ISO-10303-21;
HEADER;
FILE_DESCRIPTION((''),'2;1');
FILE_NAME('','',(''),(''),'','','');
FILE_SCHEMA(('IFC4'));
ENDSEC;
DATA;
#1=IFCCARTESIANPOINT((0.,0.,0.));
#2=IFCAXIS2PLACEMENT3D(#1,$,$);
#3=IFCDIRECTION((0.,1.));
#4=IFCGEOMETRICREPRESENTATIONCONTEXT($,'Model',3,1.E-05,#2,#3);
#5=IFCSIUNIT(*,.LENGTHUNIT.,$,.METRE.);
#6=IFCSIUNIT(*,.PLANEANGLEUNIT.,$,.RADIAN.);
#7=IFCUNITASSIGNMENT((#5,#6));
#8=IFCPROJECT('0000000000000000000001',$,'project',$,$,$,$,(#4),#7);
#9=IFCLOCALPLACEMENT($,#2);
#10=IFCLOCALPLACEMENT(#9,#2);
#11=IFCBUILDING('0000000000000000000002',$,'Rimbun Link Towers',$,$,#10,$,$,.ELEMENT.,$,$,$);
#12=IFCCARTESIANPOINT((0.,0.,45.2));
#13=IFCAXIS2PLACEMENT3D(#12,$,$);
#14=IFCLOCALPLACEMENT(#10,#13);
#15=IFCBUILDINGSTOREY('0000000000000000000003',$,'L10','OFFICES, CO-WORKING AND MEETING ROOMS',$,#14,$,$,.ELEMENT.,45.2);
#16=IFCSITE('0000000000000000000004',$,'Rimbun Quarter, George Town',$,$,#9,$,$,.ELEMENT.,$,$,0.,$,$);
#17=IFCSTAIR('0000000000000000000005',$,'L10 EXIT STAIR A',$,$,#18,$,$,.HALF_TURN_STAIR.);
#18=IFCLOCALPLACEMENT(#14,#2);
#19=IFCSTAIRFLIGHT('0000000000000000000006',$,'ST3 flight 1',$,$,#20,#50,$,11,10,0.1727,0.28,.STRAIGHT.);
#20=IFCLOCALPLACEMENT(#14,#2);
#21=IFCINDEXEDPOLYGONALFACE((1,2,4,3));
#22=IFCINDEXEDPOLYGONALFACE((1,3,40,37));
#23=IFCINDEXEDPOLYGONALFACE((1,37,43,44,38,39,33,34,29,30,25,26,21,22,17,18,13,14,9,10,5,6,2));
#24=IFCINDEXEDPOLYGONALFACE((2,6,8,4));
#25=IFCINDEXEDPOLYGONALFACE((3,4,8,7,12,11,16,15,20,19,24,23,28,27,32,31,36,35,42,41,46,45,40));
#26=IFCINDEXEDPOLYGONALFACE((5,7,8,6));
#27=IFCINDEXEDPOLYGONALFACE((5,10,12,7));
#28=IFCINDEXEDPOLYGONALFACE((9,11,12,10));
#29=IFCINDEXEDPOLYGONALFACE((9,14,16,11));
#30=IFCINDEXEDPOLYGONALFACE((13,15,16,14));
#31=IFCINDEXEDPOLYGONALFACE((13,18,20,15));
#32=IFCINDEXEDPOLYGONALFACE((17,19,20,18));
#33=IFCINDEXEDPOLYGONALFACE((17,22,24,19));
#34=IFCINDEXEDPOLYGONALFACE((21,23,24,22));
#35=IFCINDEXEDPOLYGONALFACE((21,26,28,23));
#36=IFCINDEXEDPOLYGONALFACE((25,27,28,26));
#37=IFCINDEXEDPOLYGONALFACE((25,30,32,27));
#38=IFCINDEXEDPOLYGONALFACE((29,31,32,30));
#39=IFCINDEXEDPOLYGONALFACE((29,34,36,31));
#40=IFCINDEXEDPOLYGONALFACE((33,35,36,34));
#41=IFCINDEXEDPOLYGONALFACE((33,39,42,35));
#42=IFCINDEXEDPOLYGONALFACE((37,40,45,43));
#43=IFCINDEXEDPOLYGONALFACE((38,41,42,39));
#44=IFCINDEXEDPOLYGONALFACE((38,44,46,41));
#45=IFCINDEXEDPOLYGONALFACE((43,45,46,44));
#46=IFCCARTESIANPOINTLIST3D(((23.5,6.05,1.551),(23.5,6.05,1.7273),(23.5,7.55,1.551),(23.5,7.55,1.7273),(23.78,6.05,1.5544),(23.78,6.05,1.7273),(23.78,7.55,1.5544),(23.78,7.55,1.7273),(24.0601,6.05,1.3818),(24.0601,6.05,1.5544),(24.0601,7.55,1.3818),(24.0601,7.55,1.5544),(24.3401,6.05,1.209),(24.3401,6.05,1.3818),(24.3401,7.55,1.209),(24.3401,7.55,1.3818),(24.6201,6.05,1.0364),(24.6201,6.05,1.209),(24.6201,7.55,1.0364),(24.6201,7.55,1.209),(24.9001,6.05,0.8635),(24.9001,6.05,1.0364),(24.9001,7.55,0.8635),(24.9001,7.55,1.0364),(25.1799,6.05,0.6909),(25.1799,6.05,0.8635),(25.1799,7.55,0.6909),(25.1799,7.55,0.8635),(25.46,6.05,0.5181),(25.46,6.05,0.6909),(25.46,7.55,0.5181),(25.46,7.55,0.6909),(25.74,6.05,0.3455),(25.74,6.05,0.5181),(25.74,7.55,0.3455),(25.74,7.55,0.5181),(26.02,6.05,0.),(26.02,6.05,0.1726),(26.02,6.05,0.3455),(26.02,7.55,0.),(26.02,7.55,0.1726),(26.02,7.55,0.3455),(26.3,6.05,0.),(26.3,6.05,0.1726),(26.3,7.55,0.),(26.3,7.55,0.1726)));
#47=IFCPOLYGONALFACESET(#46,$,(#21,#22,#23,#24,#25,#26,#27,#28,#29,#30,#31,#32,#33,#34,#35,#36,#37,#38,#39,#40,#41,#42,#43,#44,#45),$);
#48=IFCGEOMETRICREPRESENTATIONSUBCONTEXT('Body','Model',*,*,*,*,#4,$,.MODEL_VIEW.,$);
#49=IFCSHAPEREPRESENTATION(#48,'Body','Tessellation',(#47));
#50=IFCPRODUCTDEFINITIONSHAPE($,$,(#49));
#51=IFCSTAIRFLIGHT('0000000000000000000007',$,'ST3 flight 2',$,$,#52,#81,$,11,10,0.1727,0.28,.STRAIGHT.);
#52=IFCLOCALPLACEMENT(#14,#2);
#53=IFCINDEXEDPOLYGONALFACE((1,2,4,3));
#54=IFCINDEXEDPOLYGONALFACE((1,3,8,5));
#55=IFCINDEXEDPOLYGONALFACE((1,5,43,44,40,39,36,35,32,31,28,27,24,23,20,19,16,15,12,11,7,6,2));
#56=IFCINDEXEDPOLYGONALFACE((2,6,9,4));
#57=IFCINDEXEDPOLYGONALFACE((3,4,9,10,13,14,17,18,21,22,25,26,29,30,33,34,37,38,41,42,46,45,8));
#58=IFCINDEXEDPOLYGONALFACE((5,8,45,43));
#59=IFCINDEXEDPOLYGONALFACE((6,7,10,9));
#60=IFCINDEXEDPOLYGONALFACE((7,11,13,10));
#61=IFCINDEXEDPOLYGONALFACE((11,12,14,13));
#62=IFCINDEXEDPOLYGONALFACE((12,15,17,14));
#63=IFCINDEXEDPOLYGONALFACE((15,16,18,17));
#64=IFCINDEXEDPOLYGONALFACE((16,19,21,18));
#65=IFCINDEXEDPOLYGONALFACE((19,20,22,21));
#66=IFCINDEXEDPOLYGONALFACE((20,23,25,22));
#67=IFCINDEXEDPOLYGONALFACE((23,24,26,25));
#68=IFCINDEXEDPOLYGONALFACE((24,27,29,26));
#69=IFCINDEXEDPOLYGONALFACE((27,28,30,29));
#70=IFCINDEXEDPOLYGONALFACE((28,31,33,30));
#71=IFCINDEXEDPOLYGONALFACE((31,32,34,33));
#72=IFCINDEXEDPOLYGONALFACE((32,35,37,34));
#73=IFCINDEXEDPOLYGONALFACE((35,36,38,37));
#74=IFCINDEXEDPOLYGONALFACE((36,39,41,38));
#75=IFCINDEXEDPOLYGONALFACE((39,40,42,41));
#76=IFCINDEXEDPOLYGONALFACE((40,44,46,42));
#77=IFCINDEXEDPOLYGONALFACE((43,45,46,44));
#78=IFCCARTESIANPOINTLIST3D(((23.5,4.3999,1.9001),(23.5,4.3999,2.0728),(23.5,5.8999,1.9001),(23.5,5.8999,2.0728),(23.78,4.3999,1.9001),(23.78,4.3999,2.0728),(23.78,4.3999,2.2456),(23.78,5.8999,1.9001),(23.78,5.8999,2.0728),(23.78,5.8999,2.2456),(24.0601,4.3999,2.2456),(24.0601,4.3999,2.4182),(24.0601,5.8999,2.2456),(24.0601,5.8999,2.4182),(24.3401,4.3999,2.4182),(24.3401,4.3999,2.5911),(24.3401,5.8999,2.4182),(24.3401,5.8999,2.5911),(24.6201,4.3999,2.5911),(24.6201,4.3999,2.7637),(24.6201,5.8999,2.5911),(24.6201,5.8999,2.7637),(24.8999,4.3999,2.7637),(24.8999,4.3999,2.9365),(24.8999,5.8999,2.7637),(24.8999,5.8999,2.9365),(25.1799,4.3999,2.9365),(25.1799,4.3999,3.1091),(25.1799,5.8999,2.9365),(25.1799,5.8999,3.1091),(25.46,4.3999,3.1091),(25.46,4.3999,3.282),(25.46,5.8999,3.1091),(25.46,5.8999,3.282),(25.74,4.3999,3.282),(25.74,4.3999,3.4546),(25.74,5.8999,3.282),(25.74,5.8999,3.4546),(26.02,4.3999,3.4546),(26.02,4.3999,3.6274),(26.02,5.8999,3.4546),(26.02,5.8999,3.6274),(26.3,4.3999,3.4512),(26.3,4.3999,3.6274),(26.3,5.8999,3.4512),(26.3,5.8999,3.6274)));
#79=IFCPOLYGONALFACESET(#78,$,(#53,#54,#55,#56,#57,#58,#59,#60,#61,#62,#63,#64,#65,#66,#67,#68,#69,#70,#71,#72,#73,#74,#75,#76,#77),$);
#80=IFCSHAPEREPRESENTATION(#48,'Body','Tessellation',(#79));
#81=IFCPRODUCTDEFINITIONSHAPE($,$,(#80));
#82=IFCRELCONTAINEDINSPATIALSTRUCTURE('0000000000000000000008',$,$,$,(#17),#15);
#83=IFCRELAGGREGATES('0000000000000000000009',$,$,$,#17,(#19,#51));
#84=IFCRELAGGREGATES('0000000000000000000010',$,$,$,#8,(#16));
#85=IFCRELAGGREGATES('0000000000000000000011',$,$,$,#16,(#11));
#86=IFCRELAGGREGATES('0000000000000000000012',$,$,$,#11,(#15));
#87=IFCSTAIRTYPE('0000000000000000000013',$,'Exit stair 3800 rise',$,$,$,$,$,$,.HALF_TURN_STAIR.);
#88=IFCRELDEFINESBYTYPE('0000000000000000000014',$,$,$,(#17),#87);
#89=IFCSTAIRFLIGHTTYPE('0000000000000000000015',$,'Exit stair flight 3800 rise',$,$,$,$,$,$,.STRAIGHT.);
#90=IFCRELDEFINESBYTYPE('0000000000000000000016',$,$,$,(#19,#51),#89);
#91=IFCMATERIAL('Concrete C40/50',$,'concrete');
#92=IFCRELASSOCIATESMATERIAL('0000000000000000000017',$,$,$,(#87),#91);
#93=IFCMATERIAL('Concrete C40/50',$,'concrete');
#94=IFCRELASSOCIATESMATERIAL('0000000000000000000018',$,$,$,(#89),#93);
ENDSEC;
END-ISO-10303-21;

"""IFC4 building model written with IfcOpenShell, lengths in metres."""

from ifc_helpers import new_model, si_unit, direction, frame, origin, place, context, subcontext, project, spatial, polyline, outline, extrude, material, type_object, element, aggregate, save


model = new_model("IFC4")

# Units and contexts
model_context = context("Model", 3, precision=1e-05, world=origin(), true_north=direction((0.0, 1.0)))
body_context = subcontext(model_context, "Body", "Model", "MODEL_VIEW")
ifc_project = project(units=[si_unit("LENGTHUNIT", "METRE"), si_unit("PLANEANGLEUNIT", "RADIAN")], contexts=[model_context])

# Site, building, storey
site_placement = place(None, origin())
site = spatial("IfcSite", under=ifc_project, at=site_placement, Name="Rimbun Quarter, George Town", CompositionType="ELEMENT", RefElevation=0.0)
building_placement = place(site_placement, origin())
building = spatial("IfcBuilding", under=site, at=building_placement, Name="Rimbun Link Towers", CompositionType="ELEMENT")
storey_placement = place(building_placement, frame((0.0, 0.0, 45.2)))
storey = spatial("IfcBuildingStorey", under=building, at=storey_placement, Name="L10", Description="OFFICES, CO-WORKING AND MEETING ROOMS", CompositionType="ELEMENT", Elevation=45.2)

# Stair, stair flights
ifc_material_1 = material(Name="Concrete C40/50", Category="concrete")
stair_type = type_object("IfcStairType", Name="Exit stair 3800 rise", PredefinedType="HALF_TURN_STAIR", material=ifc_material_1)
stair_placement = place(storey_placement, origin())
stair = element("IfcStair", 1, at=stair_placement, inside=storey, type_object=stair_type, Name="L10 EXIT STAIR A", PredefinedType="HALF_TURN_STAIR")
ifc_material_2 = material(Name="Concrete C40/50", Category="concrete")
stair_flight_type = type_object("IfcStairFlightType", Name="Exit stair flight 3800 rise", PredefinedType="STRAIGHT", material=ifc_material_2)
stair_flight_1_placement = place(storey_placement, frame((26.3, 6.8, 0.0), z_axis=(0.0, 0.0, 1.0), x_axis=(-1.0, 0.0, 0.0)))
stair_flight_1 = element("IfcStairFlight", 2, at=stair_flight_1_placement, type_object=stair_flight_type, Name="ST3 flight 1", NumberOfRisers=11, NumberOfTreads=10, PredefinedType="STRAIGHT", RiserHeight=0.1727, TreadLength=0.28, context=body_context, shape_type="SweptSolid", body=[
    extrude(outline(polyline([(0.0, 0.0), (0.0, 0.1726), (0.28, 0.1726), (0.28, 0.3455), (0.5601, 0.3455), (0.5601, 0.5181), (0.8401, 0.5181), (0.8401, 0.6909), (1.1201, 0.6909), (1.1201, 0.8635), (1.3999, 0.8635), (1.3999, 1.0364), (1.6799, 1.0364), (1.6799, 1.209), (1.96, 1.209), (1.96, 1.3818), (2.24, 1.3818), (2.24, 1.5544), (2.52, 1.5544), (2.52, 1.7273), (2.8, 1.7273), (2.8, 1.8999), (2.8, 1.551), (0.28, 0.0), (0.0, 0.0)])), frame((0.0, 0.75, 0.0), z_axis=(0.0, -1.0, 0.0), x_axis=(1.0, 0.0, 0.0)), (0.0, 0.0, 1.0), 1.5),
])
stair_flight_2_placement = place(storey_placement, frame((23.5, 5.1499, 1.9001), z_axis=(0.0, 0.0, 1.0), x_axis=(1.0, 0.0, 0.0)))
stair_flight_2 = element("IfcStairFlight", 3, at=stair_flight_2_placement, type_object=stair_flight_type, Name="ST3 flight 2", NumberOfRisers=11, NumberOfTreads=10, PredefinedType="STRAIGHT", RiserHeight=0.1727, TreadLength=0.28, context=body_context, shape_type="SweptSolid", body=[
    extrude(outline(polyline([(0.0, 0.0), (0.0, 0.1726), (0.28, 0.1726), (0.28, 0.3455), (0.5601, 0.3455), (0.5601, 0.5181), (0.8401, 0.5181), (0.8401, 0.6909), (1.1201, 0.6909), (1.1201, 0.8635), (1.3999, 0.8635), (1.3999, 1.0364), (1.6799, 1.0364), (1.6799, 1.209), (1.96, 1.209), (1.96, 1.3818), (2.24, 1.3818), (2.24, 1.5544), (2.52, 1.5544), (2.52, 1.7273), (2.8, 1.7273), (2.8, 1.8999), (2.8, 1.551), (0.28, 0.0), (0.0, 0.0)])), frame((0.0, 0.75, 0.0), z_axis=(0.0, -1.0, 0.0), x_axis=(1.0, 0.0, 0.0)), (0.0, 0.0, 1.0), 1.5),
])
aggregate(stair, [stair_flight_1, stair_flight_2])

save(model, "model.ifc")
